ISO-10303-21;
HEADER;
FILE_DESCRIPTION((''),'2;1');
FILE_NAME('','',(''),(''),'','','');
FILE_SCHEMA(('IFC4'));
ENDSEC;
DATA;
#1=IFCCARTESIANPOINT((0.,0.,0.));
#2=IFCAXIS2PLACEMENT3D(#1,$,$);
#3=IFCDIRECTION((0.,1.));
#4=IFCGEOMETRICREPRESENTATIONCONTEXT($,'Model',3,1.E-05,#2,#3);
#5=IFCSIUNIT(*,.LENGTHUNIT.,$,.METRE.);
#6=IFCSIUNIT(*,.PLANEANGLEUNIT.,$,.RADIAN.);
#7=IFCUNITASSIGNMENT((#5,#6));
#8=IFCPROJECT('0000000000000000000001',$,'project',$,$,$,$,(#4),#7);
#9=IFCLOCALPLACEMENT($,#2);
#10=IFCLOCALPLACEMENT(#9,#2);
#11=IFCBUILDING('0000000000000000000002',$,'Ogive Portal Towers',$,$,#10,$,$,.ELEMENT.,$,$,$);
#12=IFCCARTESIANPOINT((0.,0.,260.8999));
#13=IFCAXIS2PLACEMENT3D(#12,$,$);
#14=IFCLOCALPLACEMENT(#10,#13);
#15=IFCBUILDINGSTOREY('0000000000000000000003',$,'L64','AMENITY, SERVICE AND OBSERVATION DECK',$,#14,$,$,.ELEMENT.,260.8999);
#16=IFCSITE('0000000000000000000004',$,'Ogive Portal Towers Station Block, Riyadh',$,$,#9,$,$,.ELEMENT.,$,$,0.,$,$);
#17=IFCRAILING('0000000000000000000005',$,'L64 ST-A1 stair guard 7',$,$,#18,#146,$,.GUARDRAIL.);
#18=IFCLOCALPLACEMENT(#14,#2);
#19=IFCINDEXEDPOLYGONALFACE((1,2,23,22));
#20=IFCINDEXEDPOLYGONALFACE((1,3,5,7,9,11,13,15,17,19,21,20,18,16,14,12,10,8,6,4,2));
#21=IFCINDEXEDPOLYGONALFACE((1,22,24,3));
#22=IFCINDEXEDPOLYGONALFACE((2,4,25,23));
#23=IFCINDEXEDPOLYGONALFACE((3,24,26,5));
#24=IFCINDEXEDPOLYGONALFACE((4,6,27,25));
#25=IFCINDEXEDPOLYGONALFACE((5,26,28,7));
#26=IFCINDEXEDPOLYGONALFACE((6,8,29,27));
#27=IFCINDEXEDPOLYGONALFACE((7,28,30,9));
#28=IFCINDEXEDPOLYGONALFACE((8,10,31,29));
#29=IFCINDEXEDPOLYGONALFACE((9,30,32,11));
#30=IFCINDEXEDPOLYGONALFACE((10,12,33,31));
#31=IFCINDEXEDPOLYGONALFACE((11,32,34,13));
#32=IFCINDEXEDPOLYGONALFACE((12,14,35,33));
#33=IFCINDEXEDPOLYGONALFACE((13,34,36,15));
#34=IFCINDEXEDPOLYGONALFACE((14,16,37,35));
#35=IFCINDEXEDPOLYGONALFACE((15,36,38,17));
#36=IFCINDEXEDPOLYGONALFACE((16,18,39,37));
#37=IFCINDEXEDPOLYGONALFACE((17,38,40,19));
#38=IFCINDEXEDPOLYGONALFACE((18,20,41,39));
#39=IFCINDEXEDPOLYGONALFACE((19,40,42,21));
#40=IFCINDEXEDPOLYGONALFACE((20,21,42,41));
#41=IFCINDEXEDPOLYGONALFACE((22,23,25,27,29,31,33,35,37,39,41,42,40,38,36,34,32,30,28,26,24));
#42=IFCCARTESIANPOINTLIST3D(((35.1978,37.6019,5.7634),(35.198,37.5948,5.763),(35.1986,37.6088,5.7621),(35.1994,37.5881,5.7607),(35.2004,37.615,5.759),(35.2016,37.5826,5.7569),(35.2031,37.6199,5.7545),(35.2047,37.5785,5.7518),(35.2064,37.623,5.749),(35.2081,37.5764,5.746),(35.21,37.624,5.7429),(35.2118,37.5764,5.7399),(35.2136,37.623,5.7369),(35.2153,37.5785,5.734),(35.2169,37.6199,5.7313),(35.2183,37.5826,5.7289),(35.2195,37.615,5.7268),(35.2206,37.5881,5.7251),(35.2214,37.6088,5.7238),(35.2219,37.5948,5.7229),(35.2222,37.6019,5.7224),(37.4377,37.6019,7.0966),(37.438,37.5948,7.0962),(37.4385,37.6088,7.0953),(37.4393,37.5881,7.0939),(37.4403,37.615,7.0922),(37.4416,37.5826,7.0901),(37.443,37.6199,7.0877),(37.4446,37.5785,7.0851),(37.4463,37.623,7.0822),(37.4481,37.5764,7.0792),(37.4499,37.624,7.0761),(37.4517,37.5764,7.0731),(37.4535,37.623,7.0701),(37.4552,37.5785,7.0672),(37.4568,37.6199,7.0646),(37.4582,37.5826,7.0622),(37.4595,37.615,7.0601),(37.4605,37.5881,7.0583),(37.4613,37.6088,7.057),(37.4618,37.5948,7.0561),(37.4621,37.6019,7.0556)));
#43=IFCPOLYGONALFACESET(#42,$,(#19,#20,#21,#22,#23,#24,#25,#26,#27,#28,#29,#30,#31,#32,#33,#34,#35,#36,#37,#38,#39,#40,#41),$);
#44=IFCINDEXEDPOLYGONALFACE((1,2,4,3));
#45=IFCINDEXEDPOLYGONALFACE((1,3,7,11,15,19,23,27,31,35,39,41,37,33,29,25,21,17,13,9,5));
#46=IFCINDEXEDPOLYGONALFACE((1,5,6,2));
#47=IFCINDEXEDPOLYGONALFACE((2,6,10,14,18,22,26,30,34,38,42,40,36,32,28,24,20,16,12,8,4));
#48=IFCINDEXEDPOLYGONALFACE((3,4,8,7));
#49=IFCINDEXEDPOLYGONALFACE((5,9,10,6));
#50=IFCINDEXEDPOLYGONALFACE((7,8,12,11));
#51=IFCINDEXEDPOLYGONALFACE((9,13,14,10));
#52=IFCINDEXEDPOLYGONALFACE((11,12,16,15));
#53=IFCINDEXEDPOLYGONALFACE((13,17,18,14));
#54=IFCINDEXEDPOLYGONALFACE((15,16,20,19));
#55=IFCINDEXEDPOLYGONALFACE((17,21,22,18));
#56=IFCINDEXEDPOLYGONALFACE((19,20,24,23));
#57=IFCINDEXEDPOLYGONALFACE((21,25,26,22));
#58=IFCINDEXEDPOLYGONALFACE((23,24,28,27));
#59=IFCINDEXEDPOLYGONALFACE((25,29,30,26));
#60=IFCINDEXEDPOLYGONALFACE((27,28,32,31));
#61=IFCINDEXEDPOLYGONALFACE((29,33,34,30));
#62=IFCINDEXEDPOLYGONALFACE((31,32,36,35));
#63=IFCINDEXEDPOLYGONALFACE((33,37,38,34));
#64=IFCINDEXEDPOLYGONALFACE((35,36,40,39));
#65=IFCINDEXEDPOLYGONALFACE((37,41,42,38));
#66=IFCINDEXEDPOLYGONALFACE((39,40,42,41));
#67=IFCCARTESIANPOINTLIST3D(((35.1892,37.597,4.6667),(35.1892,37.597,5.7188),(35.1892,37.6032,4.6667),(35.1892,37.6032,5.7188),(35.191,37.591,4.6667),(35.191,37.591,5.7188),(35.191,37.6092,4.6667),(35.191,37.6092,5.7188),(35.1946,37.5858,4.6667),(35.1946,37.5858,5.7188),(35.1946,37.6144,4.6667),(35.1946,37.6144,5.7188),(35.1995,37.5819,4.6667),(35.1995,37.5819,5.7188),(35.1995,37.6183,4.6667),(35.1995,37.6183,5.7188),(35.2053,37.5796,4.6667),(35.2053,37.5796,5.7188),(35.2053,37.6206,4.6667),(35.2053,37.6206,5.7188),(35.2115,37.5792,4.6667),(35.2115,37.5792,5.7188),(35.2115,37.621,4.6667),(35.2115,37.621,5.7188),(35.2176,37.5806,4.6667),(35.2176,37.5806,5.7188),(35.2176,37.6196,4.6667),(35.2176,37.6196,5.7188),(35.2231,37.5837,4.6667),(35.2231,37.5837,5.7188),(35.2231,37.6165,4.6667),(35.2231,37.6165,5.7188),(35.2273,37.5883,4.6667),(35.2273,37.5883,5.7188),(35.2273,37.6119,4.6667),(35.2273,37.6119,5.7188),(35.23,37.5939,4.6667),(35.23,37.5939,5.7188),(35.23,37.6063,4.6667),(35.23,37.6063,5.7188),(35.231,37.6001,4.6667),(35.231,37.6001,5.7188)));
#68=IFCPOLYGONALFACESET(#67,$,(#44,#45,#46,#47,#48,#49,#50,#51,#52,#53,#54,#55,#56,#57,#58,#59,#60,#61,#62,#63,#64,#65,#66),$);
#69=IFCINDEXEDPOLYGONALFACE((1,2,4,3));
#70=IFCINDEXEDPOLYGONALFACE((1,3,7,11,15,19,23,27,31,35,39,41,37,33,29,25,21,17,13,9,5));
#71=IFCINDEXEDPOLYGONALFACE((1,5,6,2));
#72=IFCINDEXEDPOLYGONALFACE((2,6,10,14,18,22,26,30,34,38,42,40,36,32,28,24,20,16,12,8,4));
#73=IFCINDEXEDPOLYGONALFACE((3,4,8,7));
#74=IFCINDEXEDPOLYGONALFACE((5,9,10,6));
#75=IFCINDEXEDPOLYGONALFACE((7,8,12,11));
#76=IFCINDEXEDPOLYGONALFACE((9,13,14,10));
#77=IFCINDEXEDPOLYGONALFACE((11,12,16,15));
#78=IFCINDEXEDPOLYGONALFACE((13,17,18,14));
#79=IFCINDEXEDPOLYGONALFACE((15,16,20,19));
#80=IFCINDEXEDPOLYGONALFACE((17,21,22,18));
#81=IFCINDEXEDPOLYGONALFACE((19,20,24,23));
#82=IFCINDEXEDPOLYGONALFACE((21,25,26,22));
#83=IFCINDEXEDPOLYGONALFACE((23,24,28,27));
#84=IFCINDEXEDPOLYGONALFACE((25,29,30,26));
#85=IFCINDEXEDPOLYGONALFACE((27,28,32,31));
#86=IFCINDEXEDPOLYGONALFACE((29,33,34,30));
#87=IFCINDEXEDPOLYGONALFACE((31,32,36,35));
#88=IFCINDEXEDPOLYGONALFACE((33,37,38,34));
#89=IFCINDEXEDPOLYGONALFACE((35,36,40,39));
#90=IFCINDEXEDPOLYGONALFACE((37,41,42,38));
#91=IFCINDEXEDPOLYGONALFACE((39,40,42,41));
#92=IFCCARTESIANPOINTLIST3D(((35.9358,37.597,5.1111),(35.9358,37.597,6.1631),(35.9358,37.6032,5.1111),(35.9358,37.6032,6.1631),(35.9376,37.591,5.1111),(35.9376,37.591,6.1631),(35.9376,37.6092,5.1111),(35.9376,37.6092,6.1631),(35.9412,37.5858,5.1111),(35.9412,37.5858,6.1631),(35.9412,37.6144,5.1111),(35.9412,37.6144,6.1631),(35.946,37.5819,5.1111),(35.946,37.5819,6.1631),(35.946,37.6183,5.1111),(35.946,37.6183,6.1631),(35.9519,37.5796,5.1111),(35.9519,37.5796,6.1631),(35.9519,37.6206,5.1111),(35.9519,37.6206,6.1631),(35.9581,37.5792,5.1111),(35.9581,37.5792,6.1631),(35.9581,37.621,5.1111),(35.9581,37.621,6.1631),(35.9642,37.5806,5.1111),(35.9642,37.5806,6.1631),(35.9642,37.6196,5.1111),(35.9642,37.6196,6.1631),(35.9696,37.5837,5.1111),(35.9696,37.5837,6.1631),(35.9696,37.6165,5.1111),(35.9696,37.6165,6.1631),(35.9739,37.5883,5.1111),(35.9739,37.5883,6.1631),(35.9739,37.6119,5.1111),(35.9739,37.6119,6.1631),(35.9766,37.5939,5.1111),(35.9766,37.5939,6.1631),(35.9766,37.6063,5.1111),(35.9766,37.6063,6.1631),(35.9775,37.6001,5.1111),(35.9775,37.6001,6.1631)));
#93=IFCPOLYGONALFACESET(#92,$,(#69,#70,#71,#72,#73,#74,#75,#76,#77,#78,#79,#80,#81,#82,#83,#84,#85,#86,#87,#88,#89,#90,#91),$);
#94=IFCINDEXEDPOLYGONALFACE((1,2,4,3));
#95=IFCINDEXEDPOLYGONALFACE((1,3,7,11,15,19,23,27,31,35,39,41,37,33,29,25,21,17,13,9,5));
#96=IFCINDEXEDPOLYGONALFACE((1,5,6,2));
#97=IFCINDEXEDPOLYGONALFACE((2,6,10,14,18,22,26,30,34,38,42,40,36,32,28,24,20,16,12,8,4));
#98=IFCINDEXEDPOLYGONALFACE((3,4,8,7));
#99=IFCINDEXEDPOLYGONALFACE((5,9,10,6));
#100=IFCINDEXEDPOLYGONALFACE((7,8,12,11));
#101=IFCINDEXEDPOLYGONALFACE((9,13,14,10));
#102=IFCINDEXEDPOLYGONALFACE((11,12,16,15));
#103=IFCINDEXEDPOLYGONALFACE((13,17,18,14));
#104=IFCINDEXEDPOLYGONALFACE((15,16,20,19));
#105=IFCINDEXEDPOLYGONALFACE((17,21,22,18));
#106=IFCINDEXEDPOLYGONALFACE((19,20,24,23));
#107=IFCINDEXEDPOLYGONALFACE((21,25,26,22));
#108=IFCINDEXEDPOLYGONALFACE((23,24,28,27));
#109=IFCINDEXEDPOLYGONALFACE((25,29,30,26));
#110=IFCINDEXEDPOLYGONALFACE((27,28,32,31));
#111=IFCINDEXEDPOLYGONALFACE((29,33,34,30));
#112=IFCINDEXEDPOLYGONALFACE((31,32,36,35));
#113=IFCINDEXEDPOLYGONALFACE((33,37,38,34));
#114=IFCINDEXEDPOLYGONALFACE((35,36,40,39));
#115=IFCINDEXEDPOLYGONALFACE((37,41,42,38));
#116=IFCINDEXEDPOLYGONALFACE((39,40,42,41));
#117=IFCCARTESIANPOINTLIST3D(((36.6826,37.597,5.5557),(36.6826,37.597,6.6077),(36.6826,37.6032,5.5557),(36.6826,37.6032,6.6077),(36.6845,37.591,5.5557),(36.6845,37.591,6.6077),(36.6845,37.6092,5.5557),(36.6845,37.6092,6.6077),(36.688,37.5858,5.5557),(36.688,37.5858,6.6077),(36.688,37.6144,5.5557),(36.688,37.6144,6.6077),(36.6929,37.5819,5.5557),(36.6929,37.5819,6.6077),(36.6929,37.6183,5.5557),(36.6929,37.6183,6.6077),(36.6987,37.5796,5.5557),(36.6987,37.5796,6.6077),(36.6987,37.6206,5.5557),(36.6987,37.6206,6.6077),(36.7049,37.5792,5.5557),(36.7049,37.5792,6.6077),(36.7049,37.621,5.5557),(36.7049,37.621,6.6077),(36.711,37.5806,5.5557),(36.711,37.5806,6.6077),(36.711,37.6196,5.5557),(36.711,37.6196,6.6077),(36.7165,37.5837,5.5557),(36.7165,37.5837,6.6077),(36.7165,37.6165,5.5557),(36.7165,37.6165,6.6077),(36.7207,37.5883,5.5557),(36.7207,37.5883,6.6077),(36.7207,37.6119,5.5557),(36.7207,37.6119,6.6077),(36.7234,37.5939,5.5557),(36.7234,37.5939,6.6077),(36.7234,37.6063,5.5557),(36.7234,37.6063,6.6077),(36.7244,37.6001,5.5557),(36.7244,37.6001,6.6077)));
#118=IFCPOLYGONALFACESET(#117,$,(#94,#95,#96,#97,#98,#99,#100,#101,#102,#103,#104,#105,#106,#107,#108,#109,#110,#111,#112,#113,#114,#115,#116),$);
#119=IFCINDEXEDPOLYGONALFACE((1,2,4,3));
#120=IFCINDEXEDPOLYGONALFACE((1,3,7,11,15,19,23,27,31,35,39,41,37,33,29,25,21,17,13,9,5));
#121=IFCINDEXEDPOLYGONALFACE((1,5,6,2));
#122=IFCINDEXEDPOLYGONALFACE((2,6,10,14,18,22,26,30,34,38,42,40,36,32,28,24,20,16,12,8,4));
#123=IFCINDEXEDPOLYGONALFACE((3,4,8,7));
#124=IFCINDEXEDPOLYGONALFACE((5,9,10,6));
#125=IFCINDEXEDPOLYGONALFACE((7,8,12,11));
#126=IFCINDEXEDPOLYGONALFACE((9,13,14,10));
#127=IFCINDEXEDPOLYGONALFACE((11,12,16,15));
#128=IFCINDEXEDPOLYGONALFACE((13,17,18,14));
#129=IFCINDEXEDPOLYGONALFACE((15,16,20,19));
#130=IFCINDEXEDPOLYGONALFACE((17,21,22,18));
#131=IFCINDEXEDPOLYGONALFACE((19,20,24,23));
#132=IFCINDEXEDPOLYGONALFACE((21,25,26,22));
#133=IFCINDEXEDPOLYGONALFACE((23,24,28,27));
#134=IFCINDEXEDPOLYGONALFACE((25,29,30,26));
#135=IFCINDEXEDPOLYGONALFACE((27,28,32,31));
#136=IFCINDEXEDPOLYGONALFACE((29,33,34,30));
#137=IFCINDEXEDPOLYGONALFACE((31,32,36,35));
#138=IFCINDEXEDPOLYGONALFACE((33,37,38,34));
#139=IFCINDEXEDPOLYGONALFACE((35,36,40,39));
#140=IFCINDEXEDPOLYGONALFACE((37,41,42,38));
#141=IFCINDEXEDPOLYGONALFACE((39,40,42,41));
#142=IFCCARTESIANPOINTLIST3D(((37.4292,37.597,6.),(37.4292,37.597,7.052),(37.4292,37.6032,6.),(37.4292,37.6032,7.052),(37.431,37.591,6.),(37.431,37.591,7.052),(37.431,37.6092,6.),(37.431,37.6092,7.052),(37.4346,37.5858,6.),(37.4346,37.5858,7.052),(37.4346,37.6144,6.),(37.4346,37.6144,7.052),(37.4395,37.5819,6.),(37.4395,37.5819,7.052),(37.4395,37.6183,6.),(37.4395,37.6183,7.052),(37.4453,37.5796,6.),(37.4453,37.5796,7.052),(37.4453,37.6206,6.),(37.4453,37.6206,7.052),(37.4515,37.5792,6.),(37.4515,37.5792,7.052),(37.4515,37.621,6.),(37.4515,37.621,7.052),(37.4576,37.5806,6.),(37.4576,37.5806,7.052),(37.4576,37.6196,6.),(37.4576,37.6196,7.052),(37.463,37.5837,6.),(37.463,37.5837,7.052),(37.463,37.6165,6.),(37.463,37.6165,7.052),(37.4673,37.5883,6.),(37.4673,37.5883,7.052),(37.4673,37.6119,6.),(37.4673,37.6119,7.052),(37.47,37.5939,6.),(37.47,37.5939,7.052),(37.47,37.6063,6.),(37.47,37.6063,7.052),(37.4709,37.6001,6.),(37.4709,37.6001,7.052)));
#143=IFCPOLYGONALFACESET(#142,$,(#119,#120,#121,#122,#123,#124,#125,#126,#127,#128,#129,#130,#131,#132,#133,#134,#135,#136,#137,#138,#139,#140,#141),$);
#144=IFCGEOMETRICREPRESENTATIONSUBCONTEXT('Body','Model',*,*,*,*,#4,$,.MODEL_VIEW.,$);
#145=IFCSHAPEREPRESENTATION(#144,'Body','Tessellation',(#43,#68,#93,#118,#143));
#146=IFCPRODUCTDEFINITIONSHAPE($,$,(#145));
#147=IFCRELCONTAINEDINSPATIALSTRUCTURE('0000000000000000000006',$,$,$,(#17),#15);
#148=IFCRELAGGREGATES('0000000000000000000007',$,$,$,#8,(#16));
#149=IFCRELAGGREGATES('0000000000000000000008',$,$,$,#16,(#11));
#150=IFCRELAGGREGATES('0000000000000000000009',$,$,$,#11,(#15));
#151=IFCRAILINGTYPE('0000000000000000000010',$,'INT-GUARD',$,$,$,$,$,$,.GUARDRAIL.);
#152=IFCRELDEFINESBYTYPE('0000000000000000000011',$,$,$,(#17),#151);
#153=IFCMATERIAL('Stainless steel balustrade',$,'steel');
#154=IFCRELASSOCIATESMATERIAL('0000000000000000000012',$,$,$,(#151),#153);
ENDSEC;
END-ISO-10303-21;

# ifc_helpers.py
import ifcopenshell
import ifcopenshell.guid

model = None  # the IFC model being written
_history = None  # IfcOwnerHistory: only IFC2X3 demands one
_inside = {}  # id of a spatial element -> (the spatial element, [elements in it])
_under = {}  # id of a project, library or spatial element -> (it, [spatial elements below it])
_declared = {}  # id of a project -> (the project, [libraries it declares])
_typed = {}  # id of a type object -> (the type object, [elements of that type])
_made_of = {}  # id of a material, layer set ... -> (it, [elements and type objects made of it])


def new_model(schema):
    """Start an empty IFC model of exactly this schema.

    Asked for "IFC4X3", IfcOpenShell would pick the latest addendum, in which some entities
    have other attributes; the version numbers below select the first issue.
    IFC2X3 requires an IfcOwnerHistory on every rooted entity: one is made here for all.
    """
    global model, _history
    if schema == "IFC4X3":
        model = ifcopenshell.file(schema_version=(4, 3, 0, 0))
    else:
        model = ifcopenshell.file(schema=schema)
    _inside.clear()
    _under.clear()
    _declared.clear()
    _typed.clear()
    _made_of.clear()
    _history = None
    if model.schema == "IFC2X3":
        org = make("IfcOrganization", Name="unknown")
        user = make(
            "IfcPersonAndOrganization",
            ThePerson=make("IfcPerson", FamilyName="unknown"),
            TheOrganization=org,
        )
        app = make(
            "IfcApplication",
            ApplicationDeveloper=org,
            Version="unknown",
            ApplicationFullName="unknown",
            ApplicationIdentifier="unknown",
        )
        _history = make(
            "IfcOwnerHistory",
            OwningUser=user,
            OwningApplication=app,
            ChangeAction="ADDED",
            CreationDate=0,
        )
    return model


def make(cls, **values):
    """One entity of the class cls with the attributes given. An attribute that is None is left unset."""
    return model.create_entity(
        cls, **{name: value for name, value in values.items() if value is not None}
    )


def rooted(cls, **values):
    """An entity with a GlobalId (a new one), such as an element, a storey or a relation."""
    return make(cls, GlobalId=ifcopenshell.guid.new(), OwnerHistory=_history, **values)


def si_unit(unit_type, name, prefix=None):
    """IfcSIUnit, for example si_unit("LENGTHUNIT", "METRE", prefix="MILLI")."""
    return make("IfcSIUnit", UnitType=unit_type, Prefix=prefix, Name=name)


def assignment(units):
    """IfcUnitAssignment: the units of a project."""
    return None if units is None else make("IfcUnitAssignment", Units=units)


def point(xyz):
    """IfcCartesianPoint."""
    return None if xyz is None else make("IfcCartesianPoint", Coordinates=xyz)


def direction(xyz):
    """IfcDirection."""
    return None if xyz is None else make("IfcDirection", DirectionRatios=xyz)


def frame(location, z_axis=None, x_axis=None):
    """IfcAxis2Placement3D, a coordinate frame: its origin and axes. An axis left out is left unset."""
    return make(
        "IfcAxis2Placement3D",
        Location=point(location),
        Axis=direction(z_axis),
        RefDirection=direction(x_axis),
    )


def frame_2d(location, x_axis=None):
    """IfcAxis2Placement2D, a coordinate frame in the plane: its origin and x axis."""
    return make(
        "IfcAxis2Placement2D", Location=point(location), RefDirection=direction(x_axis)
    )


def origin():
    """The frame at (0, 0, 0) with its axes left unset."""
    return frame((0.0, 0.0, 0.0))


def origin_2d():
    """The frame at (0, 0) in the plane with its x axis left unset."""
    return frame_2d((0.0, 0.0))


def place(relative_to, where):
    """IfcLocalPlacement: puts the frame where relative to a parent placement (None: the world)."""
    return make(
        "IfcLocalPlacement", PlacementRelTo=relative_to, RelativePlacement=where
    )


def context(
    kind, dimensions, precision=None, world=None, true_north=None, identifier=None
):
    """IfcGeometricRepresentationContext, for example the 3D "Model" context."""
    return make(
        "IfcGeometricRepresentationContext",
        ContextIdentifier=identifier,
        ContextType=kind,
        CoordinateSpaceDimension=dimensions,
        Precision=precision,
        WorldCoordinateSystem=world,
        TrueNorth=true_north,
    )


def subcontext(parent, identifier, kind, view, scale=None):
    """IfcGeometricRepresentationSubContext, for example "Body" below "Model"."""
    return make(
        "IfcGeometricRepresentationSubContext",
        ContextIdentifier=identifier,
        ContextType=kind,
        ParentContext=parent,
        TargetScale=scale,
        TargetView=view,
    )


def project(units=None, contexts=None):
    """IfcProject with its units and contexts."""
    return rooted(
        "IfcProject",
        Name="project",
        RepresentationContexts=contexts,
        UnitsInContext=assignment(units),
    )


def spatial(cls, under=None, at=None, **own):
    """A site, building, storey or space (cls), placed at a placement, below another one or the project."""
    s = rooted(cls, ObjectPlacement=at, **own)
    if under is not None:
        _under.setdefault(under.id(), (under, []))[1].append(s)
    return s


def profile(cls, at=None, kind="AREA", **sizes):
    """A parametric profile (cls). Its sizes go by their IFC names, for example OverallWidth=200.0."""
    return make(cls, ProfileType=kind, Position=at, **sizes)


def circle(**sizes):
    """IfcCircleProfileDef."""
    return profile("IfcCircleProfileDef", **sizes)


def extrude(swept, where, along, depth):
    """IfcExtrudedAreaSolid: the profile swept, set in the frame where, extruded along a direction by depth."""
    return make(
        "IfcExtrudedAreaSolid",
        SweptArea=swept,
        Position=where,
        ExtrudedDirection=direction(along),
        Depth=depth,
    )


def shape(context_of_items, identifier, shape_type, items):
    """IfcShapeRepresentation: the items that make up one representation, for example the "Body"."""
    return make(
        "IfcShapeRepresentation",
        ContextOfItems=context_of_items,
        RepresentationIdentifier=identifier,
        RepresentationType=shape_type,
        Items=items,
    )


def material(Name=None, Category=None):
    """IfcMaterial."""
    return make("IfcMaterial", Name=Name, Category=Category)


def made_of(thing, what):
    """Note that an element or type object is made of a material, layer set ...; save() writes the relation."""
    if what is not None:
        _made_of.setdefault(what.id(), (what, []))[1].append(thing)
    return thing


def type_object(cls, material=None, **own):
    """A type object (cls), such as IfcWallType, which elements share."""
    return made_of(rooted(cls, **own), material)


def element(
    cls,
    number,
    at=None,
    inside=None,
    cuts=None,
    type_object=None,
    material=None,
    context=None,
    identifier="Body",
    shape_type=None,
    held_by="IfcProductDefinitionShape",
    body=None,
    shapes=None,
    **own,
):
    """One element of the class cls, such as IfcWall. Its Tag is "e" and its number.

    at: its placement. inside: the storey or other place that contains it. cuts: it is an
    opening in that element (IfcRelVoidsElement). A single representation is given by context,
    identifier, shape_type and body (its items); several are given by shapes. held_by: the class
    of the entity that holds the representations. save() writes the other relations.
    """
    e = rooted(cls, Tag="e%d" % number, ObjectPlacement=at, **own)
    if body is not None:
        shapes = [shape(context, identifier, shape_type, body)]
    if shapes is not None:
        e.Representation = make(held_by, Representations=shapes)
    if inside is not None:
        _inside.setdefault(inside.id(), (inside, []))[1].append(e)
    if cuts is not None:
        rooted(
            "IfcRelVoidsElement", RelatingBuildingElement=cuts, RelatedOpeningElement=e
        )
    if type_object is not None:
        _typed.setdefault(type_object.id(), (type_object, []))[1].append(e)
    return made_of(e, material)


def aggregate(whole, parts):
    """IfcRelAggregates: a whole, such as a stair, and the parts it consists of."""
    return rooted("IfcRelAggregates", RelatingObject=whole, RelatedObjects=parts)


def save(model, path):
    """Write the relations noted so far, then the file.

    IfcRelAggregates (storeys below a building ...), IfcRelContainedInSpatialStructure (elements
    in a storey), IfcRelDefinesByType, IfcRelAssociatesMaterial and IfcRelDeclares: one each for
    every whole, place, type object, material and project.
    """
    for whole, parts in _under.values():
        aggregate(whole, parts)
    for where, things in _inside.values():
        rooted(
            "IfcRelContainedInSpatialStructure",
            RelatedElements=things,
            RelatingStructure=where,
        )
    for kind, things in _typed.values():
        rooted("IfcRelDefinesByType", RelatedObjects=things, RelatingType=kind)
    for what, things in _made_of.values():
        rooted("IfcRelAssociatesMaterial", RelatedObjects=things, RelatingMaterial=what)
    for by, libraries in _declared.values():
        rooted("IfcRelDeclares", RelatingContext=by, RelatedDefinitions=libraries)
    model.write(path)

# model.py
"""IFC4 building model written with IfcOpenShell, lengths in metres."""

from ifc_helpers import new_model, si_unit, direction, frame, origin, origin_2d, place, context, subcontext, project, spatial, circle, extrude, material, type_object, element, save


model = new_model("IFC4")

# Units and contexts
model_context = context("Model", 3, precision=1e-05, world=origin(), true_north=direction((0.0, 1.0)))
body_context = subcontext(model_context, "Body", "Model", "MODEL_VIEW")
ifc_project = project(units=[si_unit("LENGTHUNIT", "METRE"), si_unit("PLANEANGLEUNIT", "RADIAN")], contexts=[model_context])

# Site, building, storey
site_placement = place(None, origin())
site = spatial("IfcSite", under=ifc_project, at=site_placement, Name="Ogive Portal Towers Station Block, Riyadh", CompositionType="ELEMENT", RefElevation=0.0)
building_placement = place(site_placement, origin())
building = spatial("IfcBuilding", under=site, at=building_placement, Name="Ogive Portal Towers", CompositionType="ELEMENT")
storey_placement = place(building_placement, frame((0.0, 0.0, 260.8999)))
storey = spatial("IfcBuildingStorey", under=building, at=storey_placement, Name="L64", Description="AMENITY, SERVICE AND OBSERVATION DECK", CompositionType="ELEMENT", Elevation=260.8999)

# Railing
ifc_material_1 = material(Name="Stainless steel balustrade", Category="steel")
railing_type_1 = type_object("IfcRailingType", Name="INT-GUARD", PredefinedType="GUARDRAIL", material=ifc_material_1)
railing_1_placement = place(storey_placement, frame((35.21, 37.6001, 4.6667)))
element("IfcRailing", 1, at=railing_1_placement, inside=storey, type_object=railing_type_1, Name="L64 ST-A1 stair guard 7", PredefinedType="GUARDRAIL", context=body_context, shape_type="SweptSolid", body=[
    extrude(circle(Radius=0.0239, at=origin_2d()), frame((0.0, 0.0, 1.0762), z_axis=(0.859306, 0.0, 0.511462), x_axis=(0.0, 1.0, 0.0)), (0.0, 0.0, 1.0), 2.6067),
    extrude(circle(Radius=0.021, at=origin_2d()), origin(), (0.0, 0.0, 1.0), 1.052),
    extrude(circle(Radius=0.021, at=origin_2d()), frame((0.7466, 0.0, 0.4443)), (0.0, 0.0, 1.0), 1.052),
    extrude(circle(Radius=0.021, at=origin_2d()), frame((1.4934, 0.0, 0.8889)), (0.0, 0.0, 1.0), 1.052),
    extrude(circle(Radius=0.021, at=origin_2d()), frame((2.24, 0.0, 1.3333)), (0.0, 0.0, 1.0), 1.052),
])

save(model, "model.ifc")
